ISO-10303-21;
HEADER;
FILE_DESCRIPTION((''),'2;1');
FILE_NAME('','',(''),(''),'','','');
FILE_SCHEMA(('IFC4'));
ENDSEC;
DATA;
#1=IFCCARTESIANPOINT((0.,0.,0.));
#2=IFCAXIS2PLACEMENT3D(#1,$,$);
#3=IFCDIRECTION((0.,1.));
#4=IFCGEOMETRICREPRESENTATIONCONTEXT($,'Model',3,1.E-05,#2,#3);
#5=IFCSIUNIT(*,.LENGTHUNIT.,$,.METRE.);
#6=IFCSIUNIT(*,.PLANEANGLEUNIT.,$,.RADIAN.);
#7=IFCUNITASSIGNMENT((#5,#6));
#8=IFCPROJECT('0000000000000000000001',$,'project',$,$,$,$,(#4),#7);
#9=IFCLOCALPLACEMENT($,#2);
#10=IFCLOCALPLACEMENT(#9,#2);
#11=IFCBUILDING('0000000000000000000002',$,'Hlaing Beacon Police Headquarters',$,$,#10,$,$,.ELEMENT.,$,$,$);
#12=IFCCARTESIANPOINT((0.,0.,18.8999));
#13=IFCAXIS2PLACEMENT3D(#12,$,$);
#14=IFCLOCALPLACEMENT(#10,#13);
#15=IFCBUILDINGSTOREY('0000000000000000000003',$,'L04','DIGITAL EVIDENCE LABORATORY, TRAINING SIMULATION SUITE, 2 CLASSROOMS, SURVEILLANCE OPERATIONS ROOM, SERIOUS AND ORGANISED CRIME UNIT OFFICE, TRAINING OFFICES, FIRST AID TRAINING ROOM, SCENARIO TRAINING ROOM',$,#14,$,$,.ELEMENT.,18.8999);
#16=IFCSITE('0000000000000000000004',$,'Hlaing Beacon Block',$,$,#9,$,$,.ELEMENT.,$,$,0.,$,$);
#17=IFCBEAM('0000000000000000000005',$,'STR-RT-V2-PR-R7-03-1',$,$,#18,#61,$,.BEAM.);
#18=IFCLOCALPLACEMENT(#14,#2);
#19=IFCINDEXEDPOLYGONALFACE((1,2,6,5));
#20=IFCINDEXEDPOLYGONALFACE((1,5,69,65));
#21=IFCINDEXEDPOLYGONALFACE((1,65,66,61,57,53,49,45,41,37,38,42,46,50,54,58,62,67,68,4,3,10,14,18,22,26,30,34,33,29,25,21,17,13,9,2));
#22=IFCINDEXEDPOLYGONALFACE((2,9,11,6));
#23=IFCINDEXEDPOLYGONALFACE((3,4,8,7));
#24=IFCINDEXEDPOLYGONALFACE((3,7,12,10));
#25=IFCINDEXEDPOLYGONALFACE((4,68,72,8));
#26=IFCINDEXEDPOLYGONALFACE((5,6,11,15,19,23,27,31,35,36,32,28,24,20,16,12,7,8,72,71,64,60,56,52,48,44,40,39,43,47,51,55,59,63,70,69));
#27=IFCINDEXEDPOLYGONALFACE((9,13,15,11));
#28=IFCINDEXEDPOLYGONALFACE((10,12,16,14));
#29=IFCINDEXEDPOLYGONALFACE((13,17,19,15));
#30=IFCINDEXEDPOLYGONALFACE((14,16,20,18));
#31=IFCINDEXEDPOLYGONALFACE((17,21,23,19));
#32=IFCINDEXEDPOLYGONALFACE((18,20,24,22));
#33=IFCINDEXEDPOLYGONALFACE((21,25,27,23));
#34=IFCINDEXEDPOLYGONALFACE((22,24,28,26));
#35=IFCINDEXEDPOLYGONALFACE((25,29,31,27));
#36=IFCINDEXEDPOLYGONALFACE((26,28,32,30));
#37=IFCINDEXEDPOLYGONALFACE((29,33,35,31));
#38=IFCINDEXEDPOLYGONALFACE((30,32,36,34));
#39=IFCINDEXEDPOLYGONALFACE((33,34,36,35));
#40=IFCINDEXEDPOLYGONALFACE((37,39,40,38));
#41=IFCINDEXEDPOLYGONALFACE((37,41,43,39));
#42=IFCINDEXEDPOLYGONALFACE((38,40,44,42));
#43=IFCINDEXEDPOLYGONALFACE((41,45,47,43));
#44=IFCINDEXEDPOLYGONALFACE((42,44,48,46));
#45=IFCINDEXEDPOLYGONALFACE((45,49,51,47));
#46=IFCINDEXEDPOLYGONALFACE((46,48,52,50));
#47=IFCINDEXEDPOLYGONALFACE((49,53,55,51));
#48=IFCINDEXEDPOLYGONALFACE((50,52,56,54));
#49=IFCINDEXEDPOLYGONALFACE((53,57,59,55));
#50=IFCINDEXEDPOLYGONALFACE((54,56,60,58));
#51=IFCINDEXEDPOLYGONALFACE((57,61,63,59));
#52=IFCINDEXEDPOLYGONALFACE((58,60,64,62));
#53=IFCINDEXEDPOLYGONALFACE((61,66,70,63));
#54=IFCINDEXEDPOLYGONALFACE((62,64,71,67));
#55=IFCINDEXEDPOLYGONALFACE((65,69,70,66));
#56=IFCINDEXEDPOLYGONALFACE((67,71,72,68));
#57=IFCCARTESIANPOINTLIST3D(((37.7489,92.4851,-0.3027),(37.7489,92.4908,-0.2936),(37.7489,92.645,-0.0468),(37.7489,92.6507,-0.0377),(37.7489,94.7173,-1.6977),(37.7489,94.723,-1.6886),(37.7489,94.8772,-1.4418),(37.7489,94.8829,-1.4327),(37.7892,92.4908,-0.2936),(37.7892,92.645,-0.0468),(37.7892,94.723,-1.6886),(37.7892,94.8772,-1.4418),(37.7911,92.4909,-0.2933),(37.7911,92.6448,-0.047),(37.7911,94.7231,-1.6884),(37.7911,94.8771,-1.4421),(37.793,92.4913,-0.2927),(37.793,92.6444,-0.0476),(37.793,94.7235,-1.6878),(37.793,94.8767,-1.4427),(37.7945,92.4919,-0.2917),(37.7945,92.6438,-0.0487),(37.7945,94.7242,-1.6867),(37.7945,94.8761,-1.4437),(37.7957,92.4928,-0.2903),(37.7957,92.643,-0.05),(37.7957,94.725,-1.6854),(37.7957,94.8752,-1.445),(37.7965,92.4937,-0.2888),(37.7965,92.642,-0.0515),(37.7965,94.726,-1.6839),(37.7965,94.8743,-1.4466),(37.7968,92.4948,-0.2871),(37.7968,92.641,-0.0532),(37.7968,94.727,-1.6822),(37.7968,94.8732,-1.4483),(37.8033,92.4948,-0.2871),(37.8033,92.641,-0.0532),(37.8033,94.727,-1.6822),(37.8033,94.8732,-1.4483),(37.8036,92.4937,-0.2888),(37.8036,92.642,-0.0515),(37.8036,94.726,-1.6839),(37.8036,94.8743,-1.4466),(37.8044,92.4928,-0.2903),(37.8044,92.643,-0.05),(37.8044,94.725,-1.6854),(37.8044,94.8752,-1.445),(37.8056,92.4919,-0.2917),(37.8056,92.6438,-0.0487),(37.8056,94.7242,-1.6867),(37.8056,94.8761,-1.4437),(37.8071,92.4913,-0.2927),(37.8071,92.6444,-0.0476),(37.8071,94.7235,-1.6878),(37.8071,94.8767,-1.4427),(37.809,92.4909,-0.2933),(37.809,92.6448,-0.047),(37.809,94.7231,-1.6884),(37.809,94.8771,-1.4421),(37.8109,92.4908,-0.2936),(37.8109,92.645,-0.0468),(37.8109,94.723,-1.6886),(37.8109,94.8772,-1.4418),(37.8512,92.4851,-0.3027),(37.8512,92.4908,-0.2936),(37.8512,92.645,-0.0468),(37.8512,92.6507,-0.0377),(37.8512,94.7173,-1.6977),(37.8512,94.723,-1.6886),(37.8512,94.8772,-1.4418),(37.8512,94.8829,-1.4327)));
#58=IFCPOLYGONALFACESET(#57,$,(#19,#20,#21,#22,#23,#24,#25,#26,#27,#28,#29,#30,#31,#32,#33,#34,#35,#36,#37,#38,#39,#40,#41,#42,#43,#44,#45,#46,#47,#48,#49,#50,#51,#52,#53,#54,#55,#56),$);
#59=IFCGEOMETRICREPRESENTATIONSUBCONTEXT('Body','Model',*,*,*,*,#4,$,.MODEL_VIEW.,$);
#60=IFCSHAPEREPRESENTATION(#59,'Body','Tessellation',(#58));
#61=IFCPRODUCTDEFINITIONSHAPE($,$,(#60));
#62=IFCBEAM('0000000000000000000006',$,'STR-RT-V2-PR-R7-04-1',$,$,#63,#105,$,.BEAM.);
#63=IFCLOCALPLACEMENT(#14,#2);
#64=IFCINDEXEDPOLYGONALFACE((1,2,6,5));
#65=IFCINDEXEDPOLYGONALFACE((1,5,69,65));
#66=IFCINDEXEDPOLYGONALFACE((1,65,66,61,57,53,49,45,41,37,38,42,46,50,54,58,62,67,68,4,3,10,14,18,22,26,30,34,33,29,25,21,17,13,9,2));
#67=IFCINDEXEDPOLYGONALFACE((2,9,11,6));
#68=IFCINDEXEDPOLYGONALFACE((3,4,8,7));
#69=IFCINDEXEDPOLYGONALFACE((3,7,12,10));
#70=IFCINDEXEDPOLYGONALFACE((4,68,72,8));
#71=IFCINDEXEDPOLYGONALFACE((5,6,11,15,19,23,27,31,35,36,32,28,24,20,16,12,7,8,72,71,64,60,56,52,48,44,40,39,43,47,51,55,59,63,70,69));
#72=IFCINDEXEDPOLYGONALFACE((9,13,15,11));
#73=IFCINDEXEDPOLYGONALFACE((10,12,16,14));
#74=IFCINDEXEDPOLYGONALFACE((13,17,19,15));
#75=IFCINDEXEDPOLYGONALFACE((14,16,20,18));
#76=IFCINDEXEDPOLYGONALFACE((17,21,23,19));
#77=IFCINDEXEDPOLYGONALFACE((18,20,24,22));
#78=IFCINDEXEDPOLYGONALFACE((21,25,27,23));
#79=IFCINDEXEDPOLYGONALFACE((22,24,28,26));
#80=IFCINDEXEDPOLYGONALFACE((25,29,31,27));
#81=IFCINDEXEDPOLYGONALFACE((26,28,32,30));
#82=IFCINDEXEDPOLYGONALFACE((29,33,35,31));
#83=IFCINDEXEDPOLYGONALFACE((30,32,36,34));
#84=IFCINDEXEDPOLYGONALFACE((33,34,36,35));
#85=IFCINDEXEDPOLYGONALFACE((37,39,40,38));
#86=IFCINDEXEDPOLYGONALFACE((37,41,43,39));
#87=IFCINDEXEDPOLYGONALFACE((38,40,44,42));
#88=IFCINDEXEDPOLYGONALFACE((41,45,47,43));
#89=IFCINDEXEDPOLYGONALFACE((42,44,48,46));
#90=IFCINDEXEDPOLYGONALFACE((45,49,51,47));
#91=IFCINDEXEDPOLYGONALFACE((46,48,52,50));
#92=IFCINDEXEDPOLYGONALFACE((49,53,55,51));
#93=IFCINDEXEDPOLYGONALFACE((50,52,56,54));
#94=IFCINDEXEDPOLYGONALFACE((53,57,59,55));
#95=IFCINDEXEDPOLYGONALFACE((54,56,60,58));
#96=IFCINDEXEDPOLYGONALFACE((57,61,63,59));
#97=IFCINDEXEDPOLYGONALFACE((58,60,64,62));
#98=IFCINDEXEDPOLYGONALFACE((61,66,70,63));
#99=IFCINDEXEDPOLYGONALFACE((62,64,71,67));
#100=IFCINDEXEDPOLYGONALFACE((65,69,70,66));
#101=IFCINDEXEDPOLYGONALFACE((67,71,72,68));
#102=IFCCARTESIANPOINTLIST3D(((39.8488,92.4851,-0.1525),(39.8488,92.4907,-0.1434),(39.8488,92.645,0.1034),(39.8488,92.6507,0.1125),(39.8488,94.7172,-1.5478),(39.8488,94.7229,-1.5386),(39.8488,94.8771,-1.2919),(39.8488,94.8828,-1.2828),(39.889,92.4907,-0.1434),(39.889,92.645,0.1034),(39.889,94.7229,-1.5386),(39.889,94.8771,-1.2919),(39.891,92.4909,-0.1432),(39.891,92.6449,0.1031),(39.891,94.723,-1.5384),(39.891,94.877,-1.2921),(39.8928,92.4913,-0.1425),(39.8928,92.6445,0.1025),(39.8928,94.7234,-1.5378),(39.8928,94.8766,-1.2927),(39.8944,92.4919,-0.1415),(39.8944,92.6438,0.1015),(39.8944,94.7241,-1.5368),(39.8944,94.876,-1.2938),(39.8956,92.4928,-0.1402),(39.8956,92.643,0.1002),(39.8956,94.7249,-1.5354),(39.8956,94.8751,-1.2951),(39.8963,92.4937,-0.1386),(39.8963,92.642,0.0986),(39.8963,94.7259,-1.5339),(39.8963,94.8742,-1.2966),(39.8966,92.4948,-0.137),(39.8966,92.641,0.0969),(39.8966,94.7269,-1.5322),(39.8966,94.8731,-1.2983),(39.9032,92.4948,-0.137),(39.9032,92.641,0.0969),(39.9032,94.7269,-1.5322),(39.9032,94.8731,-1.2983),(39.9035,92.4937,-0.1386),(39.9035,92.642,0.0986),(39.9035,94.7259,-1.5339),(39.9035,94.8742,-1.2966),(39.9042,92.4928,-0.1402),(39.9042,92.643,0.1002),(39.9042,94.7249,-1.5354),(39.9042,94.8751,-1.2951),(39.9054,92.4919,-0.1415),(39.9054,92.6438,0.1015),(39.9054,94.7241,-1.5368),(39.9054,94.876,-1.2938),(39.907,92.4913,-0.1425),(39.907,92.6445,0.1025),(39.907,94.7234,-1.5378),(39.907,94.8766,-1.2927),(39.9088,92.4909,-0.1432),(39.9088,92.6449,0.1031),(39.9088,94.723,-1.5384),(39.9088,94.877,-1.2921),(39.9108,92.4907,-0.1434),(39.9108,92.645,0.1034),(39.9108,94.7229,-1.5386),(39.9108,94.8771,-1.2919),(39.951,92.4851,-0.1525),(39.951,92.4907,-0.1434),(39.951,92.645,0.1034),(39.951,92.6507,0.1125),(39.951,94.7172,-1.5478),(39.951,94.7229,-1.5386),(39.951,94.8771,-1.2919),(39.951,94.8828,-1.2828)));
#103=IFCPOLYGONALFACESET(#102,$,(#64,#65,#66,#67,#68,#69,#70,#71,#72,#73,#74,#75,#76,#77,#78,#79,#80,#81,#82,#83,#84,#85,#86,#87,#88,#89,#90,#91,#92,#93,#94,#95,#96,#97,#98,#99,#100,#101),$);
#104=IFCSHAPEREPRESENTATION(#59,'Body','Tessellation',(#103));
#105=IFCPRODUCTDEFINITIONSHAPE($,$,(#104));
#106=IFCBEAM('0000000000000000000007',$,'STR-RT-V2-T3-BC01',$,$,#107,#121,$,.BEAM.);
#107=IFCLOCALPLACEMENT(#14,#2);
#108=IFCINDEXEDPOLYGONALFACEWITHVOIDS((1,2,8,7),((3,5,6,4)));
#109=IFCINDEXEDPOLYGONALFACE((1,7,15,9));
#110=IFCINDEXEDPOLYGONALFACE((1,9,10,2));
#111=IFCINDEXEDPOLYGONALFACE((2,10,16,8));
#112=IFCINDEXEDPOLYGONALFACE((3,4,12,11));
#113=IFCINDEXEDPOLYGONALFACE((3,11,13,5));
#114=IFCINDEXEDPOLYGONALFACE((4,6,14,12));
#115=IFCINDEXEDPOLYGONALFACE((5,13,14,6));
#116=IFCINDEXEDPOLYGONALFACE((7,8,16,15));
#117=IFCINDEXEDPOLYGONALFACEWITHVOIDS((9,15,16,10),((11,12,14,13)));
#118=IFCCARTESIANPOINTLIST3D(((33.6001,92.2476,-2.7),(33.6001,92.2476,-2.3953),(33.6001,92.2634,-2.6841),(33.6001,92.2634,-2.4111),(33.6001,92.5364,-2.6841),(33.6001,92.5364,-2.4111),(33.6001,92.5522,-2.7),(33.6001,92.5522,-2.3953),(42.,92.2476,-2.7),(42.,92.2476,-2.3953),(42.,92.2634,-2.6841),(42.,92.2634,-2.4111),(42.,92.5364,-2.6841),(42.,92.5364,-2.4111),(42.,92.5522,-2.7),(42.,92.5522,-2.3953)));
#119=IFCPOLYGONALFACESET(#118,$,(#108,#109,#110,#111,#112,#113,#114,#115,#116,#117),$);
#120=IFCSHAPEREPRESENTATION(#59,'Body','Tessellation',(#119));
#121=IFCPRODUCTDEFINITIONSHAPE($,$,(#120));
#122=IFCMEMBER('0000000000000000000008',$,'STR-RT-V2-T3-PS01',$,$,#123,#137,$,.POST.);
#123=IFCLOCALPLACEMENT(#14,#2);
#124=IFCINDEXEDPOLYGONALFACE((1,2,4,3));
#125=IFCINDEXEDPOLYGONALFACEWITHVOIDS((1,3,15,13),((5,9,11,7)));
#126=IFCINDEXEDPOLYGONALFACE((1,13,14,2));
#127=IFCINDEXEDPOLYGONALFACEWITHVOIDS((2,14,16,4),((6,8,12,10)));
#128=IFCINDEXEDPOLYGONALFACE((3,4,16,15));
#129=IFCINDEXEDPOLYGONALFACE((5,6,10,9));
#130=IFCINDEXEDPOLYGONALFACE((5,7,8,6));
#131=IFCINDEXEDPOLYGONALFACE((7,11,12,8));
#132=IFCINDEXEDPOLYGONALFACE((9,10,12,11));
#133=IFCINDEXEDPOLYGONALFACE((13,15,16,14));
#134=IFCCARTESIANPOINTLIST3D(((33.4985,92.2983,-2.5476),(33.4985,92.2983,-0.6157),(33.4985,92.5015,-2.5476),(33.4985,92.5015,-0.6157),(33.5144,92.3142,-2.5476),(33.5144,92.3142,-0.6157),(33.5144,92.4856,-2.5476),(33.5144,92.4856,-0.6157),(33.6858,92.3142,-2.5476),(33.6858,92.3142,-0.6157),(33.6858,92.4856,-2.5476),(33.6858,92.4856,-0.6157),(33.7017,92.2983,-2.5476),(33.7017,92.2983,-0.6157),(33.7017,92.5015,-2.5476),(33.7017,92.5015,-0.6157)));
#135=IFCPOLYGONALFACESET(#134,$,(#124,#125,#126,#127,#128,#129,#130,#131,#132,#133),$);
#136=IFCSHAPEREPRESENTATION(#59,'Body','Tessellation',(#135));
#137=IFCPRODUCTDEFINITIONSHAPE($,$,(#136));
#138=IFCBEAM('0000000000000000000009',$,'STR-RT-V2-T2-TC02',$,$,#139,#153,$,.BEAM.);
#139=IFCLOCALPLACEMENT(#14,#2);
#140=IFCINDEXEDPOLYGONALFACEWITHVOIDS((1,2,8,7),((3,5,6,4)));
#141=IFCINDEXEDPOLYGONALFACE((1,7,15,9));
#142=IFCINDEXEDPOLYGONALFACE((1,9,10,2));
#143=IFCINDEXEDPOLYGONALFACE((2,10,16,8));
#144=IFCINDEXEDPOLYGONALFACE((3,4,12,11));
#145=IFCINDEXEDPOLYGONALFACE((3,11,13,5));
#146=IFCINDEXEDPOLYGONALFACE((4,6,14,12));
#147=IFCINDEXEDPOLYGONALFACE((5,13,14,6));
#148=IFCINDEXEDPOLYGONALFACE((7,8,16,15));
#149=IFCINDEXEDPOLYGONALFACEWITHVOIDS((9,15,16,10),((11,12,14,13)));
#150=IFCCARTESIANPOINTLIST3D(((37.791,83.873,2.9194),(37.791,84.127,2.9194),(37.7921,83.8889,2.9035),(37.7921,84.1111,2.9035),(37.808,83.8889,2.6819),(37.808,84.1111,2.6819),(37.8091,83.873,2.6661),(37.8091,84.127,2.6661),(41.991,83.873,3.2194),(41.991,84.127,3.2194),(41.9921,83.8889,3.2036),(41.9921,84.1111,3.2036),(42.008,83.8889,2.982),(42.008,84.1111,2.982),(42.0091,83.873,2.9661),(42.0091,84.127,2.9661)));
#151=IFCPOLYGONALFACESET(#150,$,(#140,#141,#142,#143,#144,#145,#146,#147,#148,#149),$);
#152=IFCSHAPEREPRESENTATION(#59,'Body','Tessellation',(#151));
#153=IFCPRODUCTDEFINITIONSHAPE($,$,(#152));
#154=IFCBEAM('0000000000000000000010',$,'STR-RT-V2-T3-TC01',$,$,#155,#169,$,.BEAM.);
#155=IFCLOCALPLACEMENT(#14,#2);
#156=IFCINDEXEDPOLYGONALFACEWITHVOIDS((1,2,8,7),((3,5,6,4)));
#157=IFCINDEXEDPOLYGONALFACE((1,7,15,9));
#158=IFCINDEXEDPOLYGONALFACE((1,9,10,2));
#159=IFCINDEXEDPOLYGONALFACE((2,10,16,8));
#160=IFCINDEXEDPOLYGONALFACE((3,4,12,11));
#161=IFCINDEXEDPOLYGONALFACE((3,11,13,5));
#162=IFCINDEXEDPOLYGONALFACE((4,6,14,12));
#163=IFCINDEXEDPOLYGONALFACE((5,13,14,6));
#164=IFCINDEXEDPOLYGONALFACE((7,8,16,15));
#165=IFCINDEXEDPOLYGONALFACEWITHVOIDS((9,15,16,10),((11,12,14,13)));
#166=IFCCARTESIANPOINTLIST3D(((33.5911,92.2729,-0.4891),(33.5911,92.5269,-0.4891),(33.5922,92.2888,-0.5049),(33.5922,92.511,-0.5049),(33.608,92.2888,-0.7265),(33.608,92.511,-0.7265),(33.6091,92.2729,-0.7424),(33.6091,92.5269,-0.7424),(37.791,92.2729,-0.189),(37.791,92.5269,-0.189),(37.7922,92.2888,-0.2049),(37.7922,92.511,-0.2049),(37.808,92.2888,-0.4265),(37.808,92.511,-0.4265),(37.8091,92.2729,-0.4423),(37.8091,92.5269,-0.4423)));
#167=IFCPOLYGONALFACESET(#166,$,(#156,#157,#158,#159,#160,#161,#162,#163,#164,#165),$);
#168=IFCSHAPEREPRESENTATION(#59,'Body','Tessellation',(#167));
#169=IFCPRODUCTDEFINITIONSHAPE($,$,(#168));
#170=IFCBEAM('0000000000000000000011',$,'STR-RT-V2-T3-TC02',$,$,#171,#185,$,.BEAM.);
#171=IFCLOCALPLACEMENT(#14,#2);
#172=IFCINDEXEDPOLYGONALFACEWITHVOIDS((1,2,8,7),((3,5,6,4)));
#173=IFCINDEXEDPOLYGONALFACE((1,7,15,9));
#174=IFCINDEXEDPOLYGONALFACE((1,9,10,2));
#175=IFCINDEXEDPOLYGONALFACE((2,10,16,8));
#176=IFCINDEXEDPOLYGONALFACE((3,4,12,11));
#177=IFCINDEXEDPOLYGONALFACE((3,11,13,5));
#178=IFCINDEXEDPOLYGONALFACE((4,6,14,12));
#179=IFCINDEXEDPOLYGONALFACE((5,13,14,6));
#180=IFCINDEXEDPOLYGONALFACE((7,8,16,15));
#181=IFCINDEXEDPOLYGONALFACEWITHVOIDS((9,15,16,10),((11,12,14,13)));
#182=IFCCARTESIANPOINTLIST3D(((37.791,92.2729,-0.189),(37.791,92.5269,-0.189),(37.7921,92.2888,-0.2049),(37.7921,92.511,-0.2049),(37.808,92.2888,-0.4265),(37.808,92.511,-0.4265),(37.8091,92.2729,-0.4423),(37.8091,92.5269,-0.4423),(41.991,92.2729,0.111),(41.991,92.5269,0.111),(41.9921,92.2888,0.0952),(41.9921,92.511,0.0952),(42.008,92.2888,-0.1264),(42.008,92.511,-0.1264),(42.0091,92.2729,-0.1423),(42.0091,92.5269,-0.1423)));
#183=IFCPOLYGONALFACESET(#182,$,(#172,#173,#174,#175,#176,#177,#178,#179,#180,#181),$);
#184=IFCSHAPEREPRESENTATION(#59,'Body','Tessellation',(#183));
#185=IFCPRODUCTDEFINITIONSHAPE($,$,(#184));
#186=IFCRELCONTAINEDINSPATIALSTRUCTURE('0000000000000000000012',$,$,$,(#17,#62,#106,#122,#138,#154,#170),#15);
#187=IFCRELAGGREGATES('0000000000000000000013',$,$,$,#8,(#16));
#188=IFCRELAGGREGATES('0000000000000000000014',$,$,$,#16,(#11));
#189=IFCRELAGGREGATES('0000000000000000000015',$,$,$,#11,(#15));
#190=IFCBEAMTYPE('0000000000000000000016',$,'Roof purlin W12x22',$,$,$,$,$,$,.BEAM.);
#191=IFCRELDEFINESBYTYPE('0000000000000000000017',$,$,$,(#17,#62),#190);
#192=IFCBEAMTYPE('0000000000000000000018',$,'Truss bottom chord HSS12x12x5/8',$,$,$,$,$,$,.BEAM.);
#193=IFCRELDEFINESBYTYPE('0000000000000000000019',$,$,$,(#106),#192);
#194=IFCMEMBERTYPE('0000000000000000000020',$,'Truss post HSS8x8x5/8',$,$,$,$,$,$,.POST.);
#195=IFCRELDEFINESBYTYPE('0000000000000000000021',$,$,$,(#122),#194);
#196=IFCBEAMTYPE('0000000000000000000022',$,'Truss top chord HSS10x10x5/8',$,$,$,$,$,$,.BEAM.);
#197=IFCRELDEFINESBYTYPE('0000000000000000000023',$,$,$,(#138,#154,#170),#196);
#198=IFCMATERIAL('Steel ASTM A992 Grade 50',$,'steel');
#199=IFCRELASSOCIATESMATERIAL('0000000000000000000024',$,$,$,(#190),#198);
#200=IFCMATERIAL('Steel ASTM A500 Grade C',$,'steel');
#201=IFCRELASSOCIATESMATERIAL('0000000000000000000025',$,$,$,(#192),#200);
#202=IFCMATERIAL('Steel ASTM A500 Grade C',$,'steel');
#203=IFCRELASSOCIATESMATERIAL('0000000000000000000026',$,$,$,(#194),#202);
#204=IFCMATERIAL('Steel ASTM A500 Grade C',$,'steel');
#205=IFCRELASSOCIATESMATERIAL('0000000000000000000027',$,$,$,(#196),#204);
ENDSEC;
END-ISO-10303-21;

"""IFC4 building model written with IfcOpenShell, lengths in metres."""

from ifc_helpers import new_model, si_unit, direction, frame, origin, origin_2d, place, context, subcontext, project, spatial, hollow_rectangle, i_section, extrude, material, material_profile, profile_set, type_object, element, save


model = new_model("IFC4")

# Units and contexts
model_context = context("Model", 3, precision=1e-05, world=origin(), true_north=direction((0.0, 1.0)))
body_context = subcontext(model_context, "Body", "Model", "MODEL_VIEW")
ifc_project = project(units=[si_unit("LENGTHUNIT", "METRE"), si_unit("PLANEANGLEUNIT", "RADIAN")], contexts=[model_context])

# Site, building, storey
site_placement = place(None, origin())
site = spatial("IfcSite", under=ifc_project, at=site_placement, Name="Hlaing Beacon Block", CompositionType="ELEMENT", RefElevation=0.0)
building_placement = place(site_placement, origin())
building = spatial("IfcBuilding", under=site, at=building_placement, Name="Hlaing Beacon Police Headquarters", CompositionType="ELEMENT")
storey_placement = place(building_placement, frame((0.0, 0.0, 18.8999)))
storey = spatial("IfcBuildingStorey", under=building, at=storey_placement, Name="L04", Description="DIGITAL EVIDENCE LABORATORY, TRAINING SIMULATION SUITE, 2 CLASSROOMS, SURVEILLANCE OPERATIONS ROOM, SERIOUS AND ORGANISED CRIME UNIT OFFICE, TRAINING OFFICES, FIRST AID TRAINING ROOM, SCENARIO TRAINING ROOM", CompositionType="ELEMENT", Elevation=18.8999)

# Beams
ifc_material_1 = material(Name="Steel ASTM A992 Grade 50", Category="steel")
ifc_material_profile_1 = material_profile(ifc_material_1, i_section(OverallWidth=0.1023, OverallDepth=0.3125, WebThickness=0.0066, FlangeThickness=0.0107, FilletRadius=0.0076, at=origin_2d()), Name="W12x22")
ifc_profile_set_1 = profile_set([ifc_material_profile_1], Name="Steel ASTM A992 Grade 50")
beam_type_1 = type_object("IfcBeamType", Name="Roof purlin W12x22", PredefinedType="BEAM", material=ifc_profile_set_1)
for number, where, z_axis, x_axis, name in (
    (1, (37.8, 92.5679, -0.1702), (0.0, 0.848014, -0.529974), (-1.0, 0.0, 0.0), "STR-RT-V2-PR-R7-03-1"),
    (2, (39.8999, 92.5679, -0.02), (0.0, 0.847972, -0.530041), (-1.0, 0.0, 0.0), "STR-RT-V2-PR-R7-04-1"),
):
    element("IfcBeam", number, at=place(storey_placement, frame(where, z_axis=z_axis, x_axis=x_axis)), inside=storey, type_object=beam_type_1, Name=name, PredefinedType="BEAM", context=body_context, shape_type="SweptSolid", body=[
        extrude(i_section(OverallWidth=0.1023, OverallDepth=0.3125, WebThickness=0.0066, FlangeThickness=0.0107, FilletRadius=0.0076, at=origin_2d()), origin(), (0.0, 0.0, 1.0), 2.6323),
    ])
ifc_material_2 = material(Name="Steel ASTM A500 Grade C", Category="steel")
ifc_material_profile_2 = material_profile(ifc_material_2, hollow_rectangle(XDim=0.3047, YDim=0.3047, WallThickness=0.0159, at=origin_2d()), Name="HSS12x12x5/8")
ifc_profile_set_2 = profile_set([ifc_material_profile_2], Name="Steel ASTM A500 Grade C")
beam_type_2 = type_object("IfcBeamType", Name="Truss bottom chord HSS12x12x5/8", PredefinedType="BEAM", material=ifc_profile_set_2)
beam_1_placement = place(storey_placement, frame((33.6001, 92.3999, -2.5476), z_axis=(1.0, 0.0, 0.0), x_axis=(0.0, 1.0, 0.0)))
element("IfcBeam", 3, at=beam_1_placement, inside=storey, type_object=beam_type_2, Name="STR-RT-V2-T3-BC01", PredefinedType="BEAM", context=body_context, shape_type="SweptSolid", body=[
    extrude(hollow_rectangle(XDim=0.3047, YDim=0.3047, WallThickness=0.0159, at=origin_2d()), origin(), (0.0, 0.0, 1.0), 8.3999),
])

# Member
ifc_material_3 = material(Name="Steel ASTM A500 Grade C", Category="steel")
ifc_material_profile_3 = material_profile(ifc_material_3, hollow_rectangle(XDim=0.2031, YDim=0.2031, WallThickness=0.0159, at=origin_2d()), Name="HSS8x8x5/8")
ifc_profile_set_3 = profile_set([ifc_material_profile_3], Name="Steel ASTM A500 Grade C")
member_type_1 = type_object("IfcMemberType", Name="Truss post HSS8x8x5/8", PredefinedType="POST", material=ifc_profile_set_3)
member_1_placement = place(storey_placement, frame((33.6001, 92.3999, -2.5476), z_axis=(0.0, 0.0, 1.0), x_axis=(1.0, 0.0, 0.0)))
element("IfcMember", 4, at=member_1_placement, inside=storey, type_object=member_type_1, Name="STR-RT-V2-T3-PS01", PredefinedType="POST", context=body_context, shape_type="SweptSolid", body=[
    extrude(hollow_rectangle(XDim=0.2031, YDim=0.2031, WallThickness=0.0159, at=origin_2d()), origin(), (0.0, 0.0, 1.0), 1.9319),
])

# Beams
ifc_material_4 = material(Name="Steel ASTM A500 Grade C", Category="steel")
ifc_material_profile_4 = material_profile(ifc_material_4, hollow_rectangle(XDim=0.2539, YDim=0.2539, WallThickness=0.0159, at=origin_2d()), Name="HSS10x10x5/8")
ifc_profile_set_4 = profile_set([ifc_material_profile_4], Name="Steel ASTM A500 Grade C")
beam_type_3 = type_object("IfcBeamType", Name="Truss top chord HSS10x10x5/8", PredefinedType="BEAM", material=ifc_profile_set_4)
for number, where, z_axis, x_axis, name in (
    (5, (37.8, 84.0, 2.7927), (0.997458, 0.0, 0.071259), (0.0, 1.0, 0.0), "STR-RT-V2-T2-TC02"),
    (6, (33.6001, 92.3999, -0.6157), (0.997458, 0.0, 0.071259), (0.0, 1.0, 0.0), "STR-RT-V2-T3-TC01"),
    (7, (37.8, 92.3999, -0.3157), (0.997458, 0.0, 0.071259), (0.0, 1.0, 0.0), "STR-RT-V2-T3-TC02"),
):
    element("IfcBeam", number, at=place(storey_placement, frame(where, z_axis=z_axis, x_axis=x_axis)), inside=storey, type_object=beam_type_3, Name=name, PredefinedType="BEAM", context=body_context, shape_type="SweptSolid", body=[
        extrude(hollow_rectangle(XDim=0.2539, YDim=0.2539, WallThickness=0.0159, at=origin_2d()), origin(), (0.0, 0.0, 1.0), 4.2107),
    ])

save(model, "model.ifc")
